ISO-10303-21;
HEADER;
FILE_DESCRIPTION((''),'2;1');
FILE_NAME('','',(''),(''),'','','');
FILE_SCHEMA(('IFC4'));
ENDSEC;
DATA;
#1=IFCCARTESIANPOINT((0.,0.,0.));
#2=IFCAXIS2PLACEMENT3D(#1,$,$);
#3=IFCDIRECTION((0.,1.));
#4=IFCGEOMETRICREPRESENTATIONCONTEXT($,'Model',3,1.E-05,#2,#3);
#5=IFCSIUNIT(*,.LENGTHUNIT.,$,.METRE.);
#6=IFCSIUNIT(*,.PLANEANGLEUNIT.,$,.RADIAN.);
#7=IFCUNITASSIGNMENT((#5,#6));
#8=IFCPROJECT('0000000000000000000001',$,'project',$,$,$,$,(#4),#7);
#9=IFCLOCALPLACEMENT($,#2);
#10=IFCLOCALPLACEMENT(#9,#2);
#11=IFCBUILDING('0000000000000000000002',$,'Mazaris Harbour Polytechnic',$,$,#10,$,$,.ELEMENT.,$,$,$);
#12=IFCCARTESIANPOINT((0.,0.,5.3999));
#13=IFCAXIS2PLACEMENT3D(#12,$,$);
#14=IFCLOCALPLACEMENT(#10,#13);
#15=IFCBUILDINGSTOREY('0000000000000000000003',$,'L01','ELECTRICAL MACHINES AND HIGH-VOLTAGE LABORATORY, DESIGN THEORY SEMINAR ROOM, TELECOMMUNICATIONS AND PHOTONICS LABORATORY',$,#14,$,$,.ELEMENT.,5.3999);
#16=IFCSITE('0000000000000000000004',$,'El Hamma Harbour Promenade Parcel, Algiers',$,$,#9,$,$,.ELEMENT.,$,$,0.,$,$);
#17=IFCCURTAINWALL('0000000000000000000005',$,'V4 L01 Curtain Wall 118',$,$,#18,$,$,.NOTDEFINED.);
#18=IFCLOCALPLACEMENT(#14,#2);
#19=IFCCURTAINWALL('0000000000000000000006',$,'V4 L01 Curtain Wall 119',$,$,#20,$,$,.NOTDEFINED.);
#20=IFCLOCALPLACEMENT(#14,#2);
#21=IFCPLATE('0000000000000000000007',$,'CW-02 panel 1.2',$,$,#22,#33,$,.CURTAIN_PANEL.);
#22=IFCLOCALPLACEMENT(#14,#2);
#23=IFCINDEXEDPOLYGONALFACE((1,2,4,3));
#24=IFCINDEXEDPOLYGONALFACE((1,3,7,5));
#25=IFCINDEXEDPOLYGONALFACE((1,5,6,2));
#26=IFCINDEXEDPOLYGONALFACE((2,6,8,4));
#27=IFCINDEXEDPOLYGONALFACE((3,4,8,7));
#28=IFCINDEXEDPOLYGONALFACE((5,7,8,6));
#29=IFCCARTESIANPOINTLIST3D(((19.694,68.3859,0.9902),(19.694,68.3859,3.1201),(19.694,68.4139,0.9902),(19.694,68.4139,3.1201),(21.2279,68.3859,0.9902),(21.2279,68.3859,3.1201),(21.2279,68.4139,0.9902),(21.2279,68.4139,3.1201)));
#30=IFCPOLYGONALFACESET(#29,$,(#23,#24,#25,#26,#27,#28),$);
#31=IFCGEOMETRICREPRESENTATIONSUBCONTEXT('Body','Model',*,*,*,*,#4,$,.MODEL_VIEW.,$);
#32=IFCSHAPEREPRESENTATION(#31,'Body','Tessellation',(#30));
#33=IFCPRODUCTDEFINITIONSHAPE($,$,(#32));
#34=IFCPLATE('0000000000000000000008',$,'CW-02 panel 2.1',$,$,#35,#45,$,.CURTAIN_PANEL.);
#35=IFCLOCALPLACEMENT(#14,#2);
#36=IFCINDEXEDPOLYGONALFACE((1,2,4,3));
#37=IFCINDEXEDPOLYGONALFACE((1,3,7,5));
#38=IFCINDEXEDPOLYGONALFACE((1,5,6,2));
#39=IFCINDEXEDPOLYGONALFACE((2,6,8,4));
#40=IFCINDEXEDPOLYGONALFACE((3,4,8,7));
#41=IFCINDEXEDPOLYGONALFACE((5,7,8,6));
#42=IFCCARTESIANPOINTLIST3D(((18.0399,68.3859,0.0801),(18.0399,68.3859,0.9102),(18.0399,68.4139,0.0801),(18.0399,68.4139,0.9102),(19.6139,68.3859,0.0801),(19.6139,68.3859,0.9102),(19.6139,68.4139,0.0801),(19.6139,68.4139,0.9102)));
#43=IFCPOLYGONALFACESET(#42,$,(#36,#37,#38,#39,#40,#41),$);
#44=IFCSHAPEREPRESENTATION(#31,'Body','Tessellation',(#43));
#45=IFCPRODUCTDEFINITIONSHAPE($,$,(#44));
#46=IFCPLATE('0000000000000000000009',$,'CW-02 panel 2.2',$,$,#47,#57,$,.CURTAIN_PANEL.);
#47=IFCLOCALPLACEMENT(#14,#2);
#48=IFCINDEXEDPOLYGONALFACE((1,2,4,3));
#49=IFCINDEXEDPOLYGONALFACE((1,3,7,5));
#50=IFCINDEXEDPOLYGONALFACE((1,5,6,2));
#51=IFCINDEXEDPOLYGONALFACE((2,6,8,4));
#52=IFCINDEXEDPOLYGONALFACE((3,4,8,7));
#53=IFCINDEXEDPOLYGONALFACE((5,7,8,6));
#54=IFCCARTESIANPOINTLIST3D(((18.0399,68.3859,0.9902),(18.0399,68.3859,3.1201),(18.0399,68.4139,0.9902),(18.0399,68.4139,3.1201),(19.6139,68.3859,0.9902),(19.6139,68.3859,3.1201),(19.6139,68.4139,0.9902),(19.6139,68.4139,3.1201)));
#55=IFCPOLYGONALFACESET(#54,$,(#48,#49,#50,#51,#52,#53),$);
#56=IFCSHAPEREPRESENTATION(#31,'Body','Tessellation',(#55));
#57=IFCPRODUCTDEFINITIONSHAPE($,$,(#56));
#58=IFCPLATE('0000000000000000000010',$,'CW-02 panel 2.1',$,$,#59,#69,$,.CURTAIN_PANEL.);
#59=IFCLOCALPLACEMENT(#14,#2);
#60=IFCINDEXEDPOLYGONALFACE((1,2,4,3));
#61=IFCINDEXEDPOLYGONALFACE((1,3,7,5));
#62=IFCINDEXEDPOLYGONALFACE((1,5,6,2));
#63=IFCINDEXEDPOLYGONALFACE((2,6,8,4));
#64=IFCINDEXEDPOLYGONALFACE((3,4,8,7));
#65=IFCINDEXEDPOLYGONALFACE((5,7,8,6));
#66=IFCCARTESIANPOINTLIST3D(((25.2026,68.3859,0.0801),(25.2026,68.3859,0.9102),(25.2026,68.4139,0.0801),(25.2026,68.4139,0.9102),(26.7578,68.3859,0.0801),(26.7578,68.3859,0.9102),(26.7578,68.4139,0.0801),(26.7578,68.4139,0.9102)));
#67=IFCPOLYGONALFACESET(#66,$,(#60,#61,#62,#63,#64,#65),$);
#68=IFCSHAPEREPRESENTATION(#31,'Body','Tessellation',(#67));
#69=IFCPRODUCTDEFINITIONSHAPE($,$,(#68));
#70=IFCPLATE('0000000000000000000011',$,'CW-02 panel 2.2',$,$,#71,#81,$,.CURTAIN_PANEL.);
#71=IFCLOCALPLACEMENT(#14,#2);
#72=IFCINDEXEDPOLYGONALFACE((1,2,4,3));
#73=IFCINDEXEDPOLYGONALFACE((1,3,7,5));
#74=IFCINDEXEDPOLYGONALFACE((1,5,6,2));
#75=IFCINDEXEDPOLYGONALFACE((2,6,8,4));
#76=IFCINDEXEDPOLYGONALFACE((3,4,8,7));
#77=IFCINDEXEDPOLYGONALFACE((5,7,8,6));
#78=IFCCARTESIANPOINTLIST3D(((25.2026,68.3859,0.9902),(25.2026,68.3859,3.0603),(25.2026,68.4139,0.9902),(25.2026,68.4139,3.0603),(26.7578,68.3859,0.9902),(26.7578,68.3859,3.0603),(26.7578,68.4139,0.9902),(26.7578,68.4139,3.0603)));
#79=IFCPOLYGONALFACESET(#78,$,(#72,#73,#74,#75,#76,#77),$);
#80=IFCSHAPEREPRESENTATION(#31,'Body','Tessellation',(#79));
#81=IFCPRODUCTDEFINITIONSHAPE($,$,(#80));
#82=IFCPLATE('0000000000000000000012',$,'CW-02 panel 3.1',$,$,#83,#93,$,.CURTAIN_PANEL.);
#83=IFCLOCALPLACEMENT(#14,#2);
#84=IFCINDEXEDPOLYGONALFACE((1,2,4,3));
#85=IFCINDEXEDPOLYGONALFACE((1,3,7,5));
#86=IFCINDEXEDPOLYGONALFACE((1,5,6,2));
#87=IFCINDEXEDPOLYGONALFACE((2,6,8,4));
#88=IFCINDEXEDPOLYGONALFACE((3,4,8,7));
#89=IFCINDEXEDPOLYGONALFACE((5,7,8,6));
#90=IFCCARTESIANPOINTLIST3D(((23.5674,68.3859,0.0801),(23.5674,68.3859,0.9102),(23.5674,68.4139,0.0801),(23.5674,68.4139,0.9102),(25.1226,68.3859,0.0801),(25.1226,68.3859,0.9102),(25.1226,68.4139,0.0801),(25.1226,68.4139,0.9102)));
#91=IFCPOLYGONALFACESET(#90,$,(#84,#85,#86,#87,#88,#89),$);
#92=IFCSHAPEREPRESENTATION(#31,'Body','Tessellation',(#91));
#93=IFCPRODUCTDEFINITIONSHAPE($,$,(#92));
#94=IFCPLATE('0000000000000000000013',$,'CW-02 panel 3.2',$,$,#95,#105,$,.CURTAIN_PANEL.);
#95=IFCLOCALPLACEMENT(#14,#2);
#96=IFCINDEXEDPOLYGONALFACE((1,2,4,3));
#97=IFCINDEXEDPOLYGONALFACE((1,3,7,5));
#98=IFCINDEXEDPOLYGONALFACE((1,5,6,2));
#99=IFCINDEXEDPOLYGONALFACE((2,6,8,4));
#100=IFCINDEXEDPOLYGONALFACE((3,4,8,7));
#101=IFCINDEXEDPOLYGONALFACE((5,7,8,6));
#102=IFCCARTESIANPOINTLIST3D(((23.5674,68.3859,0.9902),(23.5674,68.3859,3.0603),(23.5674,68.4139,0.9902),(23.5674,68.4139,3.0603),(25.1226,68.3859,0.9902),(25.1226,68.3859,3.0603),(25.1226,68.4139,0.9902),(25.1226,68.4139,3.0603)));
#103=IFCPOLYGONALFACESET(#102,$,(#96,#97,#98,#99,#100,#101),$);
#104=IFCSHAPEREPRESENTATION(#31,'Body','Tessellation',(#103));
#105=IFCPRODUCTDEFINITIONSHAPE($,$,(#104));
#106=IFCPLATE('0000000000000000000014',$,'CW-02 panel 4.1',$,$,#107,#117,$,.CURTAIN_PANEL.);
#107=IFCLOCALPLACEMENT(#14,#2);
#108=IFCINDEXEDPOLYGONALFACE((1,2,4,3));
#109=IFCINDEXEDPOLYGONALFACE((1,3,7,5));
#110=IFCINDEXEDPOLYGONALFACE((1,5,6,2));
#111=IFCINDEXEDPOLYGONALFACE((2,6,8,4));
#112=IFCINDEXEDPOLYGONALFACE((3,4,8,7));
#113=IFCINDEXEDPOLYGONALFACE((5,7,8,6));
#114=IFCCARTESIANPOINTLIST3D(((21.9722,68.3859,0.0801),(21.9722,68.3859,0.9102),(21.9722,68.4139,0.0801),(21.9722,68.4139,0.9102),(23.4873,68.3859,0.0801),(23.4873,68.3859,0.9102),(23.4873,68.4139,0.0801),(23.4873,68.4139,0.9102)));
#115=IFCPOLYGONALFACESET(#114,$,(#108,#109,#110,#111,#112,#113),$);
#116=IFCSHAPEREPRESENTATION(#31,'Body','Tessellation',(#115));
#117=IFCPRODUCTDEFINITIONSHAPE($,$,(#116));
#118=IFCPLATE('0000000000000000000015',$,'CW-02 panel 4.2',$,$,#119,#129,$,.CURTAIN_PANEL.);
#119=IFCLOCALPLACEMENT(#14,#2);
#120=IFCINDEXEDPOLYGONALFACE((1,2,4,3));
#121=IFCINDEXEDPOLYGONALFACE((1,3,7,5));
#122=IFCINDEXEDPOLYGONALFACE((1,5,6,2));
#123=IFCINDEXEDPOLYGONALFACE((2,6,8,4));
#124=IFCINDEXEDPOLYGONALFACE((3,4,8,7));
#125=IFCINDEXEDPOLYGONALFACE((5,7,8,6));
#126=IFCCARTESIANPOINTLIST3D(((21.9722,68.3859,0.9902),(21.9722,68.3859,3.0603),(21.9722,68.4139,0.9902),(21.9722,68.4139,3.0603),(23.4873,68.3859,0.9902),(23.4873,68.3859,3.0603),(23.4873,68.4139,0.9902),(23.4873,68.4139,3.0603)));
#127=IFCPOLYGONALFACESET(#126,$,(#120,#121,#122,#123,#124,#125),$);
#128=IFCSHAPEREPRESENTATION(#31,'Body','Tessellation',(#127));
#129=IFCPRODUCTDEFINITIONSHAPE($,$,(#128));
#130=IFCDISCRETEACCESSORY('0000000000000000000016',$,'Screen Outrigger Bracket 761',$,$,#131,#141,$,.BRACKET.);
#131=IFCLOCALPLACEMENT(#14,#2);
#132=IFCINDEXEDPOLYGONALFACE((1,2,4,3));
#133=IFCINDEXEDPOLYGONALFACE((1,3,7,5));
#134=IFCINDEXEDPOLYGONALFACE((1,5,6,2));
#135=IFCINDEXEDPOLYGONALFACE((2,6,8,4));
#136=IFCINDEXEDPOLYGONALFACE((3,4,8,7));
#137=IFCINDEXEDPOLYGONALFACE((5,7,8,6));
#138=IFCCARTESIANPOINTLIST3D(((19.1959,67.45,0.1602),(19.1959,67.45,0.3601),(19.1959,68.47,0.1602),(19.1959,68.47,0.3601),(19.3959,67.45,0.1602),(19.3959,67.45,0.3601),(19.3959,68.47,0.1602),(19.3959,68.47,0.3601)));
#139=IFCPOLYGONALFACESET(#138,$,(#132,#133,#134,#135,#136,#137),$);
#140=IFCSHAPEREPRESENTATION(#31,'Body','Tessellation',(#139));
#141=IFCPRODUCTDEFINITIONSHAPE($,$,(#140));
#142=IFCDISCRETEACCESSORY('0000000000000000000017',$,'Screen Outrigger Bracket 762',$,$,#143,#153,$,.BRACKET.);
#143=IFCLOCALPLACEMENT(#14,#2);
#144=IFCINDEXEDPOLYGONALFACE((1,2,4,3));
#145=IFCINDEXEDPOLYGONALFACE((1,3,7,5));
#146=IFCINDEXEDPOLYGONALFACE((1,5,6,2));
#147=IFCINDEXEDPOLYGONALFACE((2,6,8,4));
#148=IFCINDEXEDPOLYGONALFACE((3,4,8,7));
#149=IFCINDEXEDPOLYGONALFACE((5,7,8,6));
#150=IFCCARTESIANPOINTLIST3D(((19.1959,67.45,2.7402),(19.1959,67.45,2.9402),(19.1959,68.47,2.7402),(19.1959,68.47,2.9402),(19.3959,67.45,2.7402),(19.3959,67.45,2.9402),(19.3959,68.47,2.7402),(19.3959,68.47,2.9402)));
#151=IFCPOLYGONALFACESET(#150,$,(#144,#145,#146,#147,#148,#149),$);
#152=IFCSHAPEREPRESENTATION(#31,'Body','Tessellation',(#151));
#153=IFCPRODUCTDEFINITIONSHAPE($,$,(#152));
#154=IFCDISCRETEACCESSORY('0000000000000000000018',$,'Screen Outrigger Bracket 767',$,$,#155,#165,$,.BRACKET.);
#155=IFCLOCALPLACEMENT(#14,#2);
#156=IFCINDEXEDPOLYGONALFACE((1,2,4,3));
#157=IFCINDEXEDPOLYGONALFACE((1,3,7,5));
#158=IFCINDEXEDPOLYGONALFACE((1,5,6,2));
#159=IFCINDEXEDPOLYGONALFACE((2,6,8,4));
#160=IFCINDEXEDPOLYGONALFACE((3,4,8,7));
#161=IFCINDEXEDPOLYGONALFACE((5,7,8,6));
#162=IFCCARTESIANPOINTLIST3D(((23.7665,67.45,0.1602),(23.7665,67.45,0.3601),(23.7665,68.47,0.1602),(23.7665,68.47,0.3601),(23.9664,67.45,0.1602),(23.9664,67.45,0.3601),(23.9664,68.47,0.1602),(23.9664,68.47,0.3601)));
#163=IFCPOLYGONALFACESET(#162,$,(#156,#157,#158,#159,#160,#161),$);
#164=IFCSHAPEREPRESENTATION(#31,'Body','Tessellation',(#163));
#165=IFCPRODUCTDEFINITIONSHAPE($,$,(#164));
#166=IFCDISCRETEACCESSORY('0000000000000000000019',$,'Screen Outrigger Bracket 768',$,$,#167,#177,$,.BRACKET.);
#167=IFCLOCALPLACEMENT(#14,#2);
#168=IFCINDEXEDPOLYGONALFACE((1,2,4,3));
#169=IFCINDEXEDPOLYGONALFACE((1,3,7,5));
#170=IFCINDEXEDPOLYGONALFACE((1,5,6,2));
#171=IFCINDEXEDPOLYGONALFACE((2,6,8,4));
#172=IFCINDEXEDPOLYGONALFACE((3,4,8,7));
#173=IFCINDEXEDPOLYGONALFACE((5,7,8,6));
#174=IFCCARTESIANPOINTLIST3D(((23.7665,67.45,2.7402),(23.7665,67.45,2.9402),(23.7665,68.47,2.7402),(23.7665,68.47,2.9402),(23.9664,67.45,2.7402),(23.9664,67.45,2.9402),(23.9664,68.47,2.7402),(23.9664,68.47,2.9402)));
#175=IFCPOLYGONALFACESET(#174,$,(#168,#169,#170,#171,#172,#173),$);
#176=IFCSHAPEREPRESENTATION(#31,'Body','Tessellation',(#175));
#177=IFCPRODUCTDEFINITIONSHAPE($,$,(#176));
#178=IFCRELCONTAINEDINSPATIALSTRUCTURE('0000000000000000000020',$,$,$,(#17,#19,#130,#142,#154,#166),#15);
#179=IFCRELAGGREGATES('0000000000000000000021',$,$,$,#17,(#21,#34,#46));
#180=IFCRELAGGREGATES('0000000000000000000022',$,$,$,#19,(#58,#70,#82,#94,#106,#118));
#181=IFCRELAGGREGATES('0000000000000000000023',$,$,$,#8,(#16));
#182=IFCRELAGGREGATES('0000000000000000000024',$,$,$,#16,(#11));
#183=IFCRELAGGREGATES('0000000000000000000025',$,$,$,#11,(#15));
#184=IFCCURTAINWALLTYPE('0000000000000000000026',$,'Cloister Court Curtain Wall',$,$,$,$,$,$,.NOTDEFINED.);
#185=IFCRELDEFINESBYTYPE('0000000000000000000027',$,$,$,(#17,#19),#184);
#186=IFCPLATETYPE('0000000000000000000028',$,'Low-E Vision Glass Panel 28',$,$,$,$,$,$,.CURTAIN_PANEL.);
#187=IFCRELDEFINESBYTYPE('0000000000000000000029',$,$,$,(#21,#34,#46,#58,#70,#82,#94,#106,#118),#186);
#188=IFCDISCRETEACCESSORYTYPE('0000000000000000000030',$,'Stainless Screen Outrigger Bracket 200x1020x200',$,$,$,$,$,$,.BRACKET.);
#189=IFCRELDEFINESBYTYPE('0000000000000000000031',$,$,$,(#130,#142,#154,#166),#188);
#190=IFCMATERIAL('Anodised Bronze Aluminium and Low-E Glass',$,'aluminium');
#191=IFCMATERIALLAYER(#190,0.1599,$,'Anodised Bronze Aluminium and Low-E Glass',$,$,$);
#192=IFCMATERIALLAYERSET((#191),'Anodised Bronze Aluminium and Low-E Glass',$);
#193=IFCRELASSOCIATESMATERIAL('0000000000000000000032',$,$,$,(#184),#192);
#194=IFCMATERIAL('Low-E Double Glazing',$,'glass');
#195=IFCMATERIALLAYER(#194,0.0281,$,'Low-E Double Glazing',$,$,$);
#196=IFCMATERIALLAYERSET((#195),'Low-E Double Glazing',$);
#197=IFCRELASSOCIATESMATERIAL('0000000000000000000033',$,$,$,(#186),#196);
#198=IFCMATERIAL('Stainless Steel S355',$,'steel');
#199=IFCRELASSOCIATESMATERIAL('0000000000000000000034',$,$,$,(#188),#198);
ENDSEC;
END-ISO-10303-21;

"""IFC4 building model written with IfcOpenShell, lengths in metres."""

from ifc_helpers import new_model, si_unit, direction, frame, origin, origin_2d, place, context, subcontext, project, spatial, rectangle, extrude, material, layer, layer_set, type_object, element, aggregate, save


model = new_model("IFC4")

# Units and contexts
model_context = context("Model", 3, precision=1e-05, world=origin(), true_north=direction((0.0, 1.0)))
body_context = subcontext(model_context, "Body", "Model", "MODEL_VIEW")
ifc_project = project(units=[si_unit("LENGTHUNIT", "METRE"), si_unit("PLANEANGLEUNIT", "RADIAN")], contexts=[model_context])

# Site, building, storey
site_placement = place(None, origin())
site = spatial("IfcSite", under=ifc_project, at=site_placement, Name="El Hamma Harbour Promenade Parcel, Algiers", CompositionType="ELEMENT", RefElevation=0.0)
building_placement = place(site_placement, origin())
building = spatial("IfcBuilding", under=site, at=building_placement, Name="Mazaris Harbour Polytechnic", CompositionType="ELEMENT")
storey_placement = place(building_placement, frame((0.0, 0.0, 5.3999)))
storey = spatial("IfcBuildingStorey", under=building, at=storey_placement, Name="L01", Description="ELECTRICAL MACHINES AND HIGH-VOLTAGE LABORATORY, DESIGN THEORY SEMINAR ROOM, TELECOMMUNICATIONS AND PHOTONICS LABORATORY", CompositionType="ELEMENT", Elevation=5.3999)

# Curtain walls
ifc_material_1 = material(Name="Anodised Bronze Aluminium and Low-E Glass", Category="aluminium")
ifc_layer_1 = layer(ifc_material_1, 0.1599, Name="Anodised Bronze Aluminium and Low-E Glass")
ifc_layer_set_1 = layer_set([ifc_layer_1], Name="Anodised Bronze Aluminium and Low-E Glass")
curtain_wall_type = type_object("IfcCurtainWallType", Name="Cloister Court Curtain Wall", PredefinedType="NOTDEFINED", material=ifc_layer_set_1)
curtain_wall_1_placement = place(storey_placement, origin())
curtain_wall_1 = element("IfcCurtainWall", 1, at=curtain_wall_1_placement, inside=storey, type_object=curtain_wall_type, Name="V4 L01 Curtain Wall 118", PredefinedType="NOTDEFINED")
curtain_wall_2_placement = place(storey_placement, origin())
curtain_wall_2 = element("IfcCurtainWall", 2, at=curtain_wall_2_placement, inside=storey, type_object=curtain_wall_type, Name="V4 L01 Curtain Wall 119", PredefinedType="NOTDEFINED")

# Plates
ifc_material_2 = material(Name="Low-E Double Glazing", Category="glass")
ifc_layer_2 = layer(ifc_material_2, 0.0281, Name="Low-E Double Glazing")
ifc_layer_set_2 = layer_set([ifc_layer_2], Name="Low-E Double Glazing")
plate_type = type_object("IfcPlateType", Name="Low-E Vision Glass Panel 28", PredefinedType="CURTAIN_PANEL", material=ifc_layer_set_2)
plate_1_placement = place(storey_placement, frame((20.4609, 68.3999, 0.9902), z_axis=(0.0, 0.0, 1.0), x_axis=(-1.0, 0.0, 0.0)))
plate_1 = element("IfcPlate", 3, at=plate_1_placement, type_object=plate_type, Name="CW-02 panel 1.2", PredefinedType="CURTAIN_PANEL", context=body_context, shape_type="SweptSolid", body=[
    extrude(rectangle(XDim=1.5339, YDim=0.0281, at=origin_2d()), origin(), (0.0, 0.0, 1.0), 2.1299),
])
plate_2_placement = place(storey_placement, frame((18.8269, 68.3999, 0.0801), z_axis=(0.0, 0.0, 1.0), x_axis=(-1.0, 0.0, 0.0)))
plate_2 = element("IfcPlate", 4, at=plate_2_placement, type_object=plate_type, Name="CW-02 panel 2.1", PredefinedType="CURTAIN_PANEL", context=body_context, shape_type="SweptSolid", body=[
    extrude(rectangle(XDim=1.574, YDim=0.0281, at=origin_2d()), origin(), (0.0, 0.0, 1.0), 0.8301),
])
plate_3_placement = place(storey_placement, frame((18.8269, 68.3999, 0.9902), z_axis=(0.0, 0.0, 1.0), x_axis=(-1.0, 0.0, 0.0)))
plate_3 = element("IfcPlate", 5, at=plate_3_placement, type_object=plate_type, Name="CW-02 panel 2.2", PredefinedType="CURTAIN_PANEL", context=body_context, shape_type="SweptSolid", body=[
    extrude(rectangle(XDim=1.574, YDim=0.0281, at=origin_2d()), origin(), (0.0, 0.0, 1.0), 2.1299),
])
aggregate(curtain_wall_1, [plate_1, plate_2, plate_3])
plate_4_placement = place(storey_placement, frame((25.9802, 68.3999, 0.0801), z_axis=(0.0, 0.0, 1.0), x_axis=(-1.0, 0.0, 0.0)))
plate_4 = element("IfcPlate", 6, at=plate_4_placement, type_object=plate_type, Name="CW-02 panel 2.1", PredefinedType="CURTAIN_PANEL", context=body_context, shape_type="SweptSolid", body=[
    extrude(rectangle(XDim=1.5552, YDim=0.0281, at=origin_2d()), origin(), (0.0, 0.0, 1.0), 0.8301),
])
plate_5_placement = place(storey_placement, frame((25.9802, 68.3999, 0.9902), z_axis=(0.0, 0.0, 1.0), x_axis=(-1.0, 0.0, 0.0)))
plate_5 = element("IfcPlate", 7, at=plate_5_placement, type_object=plate_type, Name="CW-02 panel 2.2", PredefinedType="CURTAIN_PANEL", context=body_context, shape_type="SweptSolid", body=[
    extrude(rectangle(XDim=1.5552, YDim=0.0281, at=origin_2d()), origin(), (0.0, 0.0, 1.0), 2.0701),
])
plate_6_placement = place(storey_placement, frame((24.345, 68.3999, 0.0801), z_axis=(0.0, 0.0, 1.0), x_axis=(-1.0, 0.0, 0.0)))
plate_6 = element("IfcPlate", 8, at=plate_6_placement, type_object=plate_type, Name="CW-02 panel 3.1", PredefinedType="CURTAIN_PANEL", context=body_context, shape_type="SweptSolid", body=[
    extrude(rectangle(XDim=1.5552, YDim=0.0281, at=origin_2d()), origin(), (0.0, 0.0, 1.0), 0.8301),
])
plate_7_placement = place(storey_placement, frame((24.345, 68.3999, 0.9902), z_axis=(0.0, 0.0, 1.0), x_axis=(-1.0, 0.0, 0.0)))
plate_7 = element("IfcPlate", 9, at=plate_7_placement, type_object=plate_type, Name="CW-02 panel 3.2", PredefinedType="CURTAIN_PANEL", context=body_context, shape_type="SweptSolid", body=[
    extrude(rectangle(XDim=1.5552, YDim=0.0281, at=origin_2d()), origin(), (0.0, 0.0, 1.0), 2.0701),
])
plate_8_placement = place(storey_placement, frame((22.7297, 68.3999, 0.0801), z_axis=(0.0, 0.0, 1.0), x_axis=(-1.0, 0.0, 0.0)))
plate_8 = element("IfcPlate", 10, at=plate_8_placement, type_object=plate_type, Name="CW-02 panel 4.1", PredefinedType="CURTAIN_PANEL", context=body_context, shape_type="SweptSolid", body=[
    extrude(rectangle(XDim=1.5151, YDim=0.0281, at=origin_2d()), origin(), (0.0, 0.0, 1.0), 0.8301),
])
plate_9_placement = place(storey_placement, frame((22.7297, 68.3999, 0.9902), z_axis=(0.0, 0.0, 1.0), x_axis=(-1.0, 0.0, 0.0)))
plate_9 = element("IfcPlate", 11, at=plate_9_placement, type_object=plate_type, Name="CW-02 panel 4.2", PredefinedType="CURTAIN_PANEL", context=body_context, shape_type="SweptSolid", body=[
    extrude(rectangle(XDim=1.5151, YDim=0.0281, at=origin_2d()), origin(), (0.0, 0.0, 1.0), 2.0701),
])
aggregate(curtain_wall_2, [plate_4, plate_5, plate_6, plate_7, plate_8, plate_9])

# Discrete accessories
ifc_material_3 = material(Name="Stainless Steel S355", Category="steel")
discrete_accessory_type = type_object("IfcDiscreteAccessoryType", Name="Stainless Screen Outrigger Bracket 200x1020x200", PredefinedType="BRACKET", material=ifc_material_3)
for number, where, z_axis, x_axis, name in (
    (12, (19.2959, 67.96, 0.1602), (0.0, 0.0, 1.0), (-1.0, 0.0, 0.0), "Screen Outrigger Bracket 761"),
    (13, (19.2959, 67.96, 2.7402), (0.0, 0.0, 1.0), (-1.0, 0.0, 0.0), "Screen Outrigger Bracket 762"),
    (14, (23.8665, 67.96, 0.1602), (0.0, 0.0, 1.0), (-1.0, 0.0, 0.0), "Screen Outrigger Bracket 767"),
    (15, (23.8665, 67.96, 2.7402), (0.0, 0.0, 1.0), (-1.0, 0.0, 0.0), "Screen Outrigger Bracket 768"),
):
    element("IfcDiscreteAccessory", number, at=place(storey_placement, frame(where, z_axis=z_axis, x_axis=x_axis)), inside=storey, type_object=discrete_accessory_type, Name=name, PredefinedType="BRACKET", context=body_context, shape_type="SweptSolid", body=[
        extrude(rectangle(XDim=0.2, YDim=1.02, at=origin_2d()), origin(), (0.0, 0.0, 1.0), 0.2),
    ])

save(model, "model.ifc")
